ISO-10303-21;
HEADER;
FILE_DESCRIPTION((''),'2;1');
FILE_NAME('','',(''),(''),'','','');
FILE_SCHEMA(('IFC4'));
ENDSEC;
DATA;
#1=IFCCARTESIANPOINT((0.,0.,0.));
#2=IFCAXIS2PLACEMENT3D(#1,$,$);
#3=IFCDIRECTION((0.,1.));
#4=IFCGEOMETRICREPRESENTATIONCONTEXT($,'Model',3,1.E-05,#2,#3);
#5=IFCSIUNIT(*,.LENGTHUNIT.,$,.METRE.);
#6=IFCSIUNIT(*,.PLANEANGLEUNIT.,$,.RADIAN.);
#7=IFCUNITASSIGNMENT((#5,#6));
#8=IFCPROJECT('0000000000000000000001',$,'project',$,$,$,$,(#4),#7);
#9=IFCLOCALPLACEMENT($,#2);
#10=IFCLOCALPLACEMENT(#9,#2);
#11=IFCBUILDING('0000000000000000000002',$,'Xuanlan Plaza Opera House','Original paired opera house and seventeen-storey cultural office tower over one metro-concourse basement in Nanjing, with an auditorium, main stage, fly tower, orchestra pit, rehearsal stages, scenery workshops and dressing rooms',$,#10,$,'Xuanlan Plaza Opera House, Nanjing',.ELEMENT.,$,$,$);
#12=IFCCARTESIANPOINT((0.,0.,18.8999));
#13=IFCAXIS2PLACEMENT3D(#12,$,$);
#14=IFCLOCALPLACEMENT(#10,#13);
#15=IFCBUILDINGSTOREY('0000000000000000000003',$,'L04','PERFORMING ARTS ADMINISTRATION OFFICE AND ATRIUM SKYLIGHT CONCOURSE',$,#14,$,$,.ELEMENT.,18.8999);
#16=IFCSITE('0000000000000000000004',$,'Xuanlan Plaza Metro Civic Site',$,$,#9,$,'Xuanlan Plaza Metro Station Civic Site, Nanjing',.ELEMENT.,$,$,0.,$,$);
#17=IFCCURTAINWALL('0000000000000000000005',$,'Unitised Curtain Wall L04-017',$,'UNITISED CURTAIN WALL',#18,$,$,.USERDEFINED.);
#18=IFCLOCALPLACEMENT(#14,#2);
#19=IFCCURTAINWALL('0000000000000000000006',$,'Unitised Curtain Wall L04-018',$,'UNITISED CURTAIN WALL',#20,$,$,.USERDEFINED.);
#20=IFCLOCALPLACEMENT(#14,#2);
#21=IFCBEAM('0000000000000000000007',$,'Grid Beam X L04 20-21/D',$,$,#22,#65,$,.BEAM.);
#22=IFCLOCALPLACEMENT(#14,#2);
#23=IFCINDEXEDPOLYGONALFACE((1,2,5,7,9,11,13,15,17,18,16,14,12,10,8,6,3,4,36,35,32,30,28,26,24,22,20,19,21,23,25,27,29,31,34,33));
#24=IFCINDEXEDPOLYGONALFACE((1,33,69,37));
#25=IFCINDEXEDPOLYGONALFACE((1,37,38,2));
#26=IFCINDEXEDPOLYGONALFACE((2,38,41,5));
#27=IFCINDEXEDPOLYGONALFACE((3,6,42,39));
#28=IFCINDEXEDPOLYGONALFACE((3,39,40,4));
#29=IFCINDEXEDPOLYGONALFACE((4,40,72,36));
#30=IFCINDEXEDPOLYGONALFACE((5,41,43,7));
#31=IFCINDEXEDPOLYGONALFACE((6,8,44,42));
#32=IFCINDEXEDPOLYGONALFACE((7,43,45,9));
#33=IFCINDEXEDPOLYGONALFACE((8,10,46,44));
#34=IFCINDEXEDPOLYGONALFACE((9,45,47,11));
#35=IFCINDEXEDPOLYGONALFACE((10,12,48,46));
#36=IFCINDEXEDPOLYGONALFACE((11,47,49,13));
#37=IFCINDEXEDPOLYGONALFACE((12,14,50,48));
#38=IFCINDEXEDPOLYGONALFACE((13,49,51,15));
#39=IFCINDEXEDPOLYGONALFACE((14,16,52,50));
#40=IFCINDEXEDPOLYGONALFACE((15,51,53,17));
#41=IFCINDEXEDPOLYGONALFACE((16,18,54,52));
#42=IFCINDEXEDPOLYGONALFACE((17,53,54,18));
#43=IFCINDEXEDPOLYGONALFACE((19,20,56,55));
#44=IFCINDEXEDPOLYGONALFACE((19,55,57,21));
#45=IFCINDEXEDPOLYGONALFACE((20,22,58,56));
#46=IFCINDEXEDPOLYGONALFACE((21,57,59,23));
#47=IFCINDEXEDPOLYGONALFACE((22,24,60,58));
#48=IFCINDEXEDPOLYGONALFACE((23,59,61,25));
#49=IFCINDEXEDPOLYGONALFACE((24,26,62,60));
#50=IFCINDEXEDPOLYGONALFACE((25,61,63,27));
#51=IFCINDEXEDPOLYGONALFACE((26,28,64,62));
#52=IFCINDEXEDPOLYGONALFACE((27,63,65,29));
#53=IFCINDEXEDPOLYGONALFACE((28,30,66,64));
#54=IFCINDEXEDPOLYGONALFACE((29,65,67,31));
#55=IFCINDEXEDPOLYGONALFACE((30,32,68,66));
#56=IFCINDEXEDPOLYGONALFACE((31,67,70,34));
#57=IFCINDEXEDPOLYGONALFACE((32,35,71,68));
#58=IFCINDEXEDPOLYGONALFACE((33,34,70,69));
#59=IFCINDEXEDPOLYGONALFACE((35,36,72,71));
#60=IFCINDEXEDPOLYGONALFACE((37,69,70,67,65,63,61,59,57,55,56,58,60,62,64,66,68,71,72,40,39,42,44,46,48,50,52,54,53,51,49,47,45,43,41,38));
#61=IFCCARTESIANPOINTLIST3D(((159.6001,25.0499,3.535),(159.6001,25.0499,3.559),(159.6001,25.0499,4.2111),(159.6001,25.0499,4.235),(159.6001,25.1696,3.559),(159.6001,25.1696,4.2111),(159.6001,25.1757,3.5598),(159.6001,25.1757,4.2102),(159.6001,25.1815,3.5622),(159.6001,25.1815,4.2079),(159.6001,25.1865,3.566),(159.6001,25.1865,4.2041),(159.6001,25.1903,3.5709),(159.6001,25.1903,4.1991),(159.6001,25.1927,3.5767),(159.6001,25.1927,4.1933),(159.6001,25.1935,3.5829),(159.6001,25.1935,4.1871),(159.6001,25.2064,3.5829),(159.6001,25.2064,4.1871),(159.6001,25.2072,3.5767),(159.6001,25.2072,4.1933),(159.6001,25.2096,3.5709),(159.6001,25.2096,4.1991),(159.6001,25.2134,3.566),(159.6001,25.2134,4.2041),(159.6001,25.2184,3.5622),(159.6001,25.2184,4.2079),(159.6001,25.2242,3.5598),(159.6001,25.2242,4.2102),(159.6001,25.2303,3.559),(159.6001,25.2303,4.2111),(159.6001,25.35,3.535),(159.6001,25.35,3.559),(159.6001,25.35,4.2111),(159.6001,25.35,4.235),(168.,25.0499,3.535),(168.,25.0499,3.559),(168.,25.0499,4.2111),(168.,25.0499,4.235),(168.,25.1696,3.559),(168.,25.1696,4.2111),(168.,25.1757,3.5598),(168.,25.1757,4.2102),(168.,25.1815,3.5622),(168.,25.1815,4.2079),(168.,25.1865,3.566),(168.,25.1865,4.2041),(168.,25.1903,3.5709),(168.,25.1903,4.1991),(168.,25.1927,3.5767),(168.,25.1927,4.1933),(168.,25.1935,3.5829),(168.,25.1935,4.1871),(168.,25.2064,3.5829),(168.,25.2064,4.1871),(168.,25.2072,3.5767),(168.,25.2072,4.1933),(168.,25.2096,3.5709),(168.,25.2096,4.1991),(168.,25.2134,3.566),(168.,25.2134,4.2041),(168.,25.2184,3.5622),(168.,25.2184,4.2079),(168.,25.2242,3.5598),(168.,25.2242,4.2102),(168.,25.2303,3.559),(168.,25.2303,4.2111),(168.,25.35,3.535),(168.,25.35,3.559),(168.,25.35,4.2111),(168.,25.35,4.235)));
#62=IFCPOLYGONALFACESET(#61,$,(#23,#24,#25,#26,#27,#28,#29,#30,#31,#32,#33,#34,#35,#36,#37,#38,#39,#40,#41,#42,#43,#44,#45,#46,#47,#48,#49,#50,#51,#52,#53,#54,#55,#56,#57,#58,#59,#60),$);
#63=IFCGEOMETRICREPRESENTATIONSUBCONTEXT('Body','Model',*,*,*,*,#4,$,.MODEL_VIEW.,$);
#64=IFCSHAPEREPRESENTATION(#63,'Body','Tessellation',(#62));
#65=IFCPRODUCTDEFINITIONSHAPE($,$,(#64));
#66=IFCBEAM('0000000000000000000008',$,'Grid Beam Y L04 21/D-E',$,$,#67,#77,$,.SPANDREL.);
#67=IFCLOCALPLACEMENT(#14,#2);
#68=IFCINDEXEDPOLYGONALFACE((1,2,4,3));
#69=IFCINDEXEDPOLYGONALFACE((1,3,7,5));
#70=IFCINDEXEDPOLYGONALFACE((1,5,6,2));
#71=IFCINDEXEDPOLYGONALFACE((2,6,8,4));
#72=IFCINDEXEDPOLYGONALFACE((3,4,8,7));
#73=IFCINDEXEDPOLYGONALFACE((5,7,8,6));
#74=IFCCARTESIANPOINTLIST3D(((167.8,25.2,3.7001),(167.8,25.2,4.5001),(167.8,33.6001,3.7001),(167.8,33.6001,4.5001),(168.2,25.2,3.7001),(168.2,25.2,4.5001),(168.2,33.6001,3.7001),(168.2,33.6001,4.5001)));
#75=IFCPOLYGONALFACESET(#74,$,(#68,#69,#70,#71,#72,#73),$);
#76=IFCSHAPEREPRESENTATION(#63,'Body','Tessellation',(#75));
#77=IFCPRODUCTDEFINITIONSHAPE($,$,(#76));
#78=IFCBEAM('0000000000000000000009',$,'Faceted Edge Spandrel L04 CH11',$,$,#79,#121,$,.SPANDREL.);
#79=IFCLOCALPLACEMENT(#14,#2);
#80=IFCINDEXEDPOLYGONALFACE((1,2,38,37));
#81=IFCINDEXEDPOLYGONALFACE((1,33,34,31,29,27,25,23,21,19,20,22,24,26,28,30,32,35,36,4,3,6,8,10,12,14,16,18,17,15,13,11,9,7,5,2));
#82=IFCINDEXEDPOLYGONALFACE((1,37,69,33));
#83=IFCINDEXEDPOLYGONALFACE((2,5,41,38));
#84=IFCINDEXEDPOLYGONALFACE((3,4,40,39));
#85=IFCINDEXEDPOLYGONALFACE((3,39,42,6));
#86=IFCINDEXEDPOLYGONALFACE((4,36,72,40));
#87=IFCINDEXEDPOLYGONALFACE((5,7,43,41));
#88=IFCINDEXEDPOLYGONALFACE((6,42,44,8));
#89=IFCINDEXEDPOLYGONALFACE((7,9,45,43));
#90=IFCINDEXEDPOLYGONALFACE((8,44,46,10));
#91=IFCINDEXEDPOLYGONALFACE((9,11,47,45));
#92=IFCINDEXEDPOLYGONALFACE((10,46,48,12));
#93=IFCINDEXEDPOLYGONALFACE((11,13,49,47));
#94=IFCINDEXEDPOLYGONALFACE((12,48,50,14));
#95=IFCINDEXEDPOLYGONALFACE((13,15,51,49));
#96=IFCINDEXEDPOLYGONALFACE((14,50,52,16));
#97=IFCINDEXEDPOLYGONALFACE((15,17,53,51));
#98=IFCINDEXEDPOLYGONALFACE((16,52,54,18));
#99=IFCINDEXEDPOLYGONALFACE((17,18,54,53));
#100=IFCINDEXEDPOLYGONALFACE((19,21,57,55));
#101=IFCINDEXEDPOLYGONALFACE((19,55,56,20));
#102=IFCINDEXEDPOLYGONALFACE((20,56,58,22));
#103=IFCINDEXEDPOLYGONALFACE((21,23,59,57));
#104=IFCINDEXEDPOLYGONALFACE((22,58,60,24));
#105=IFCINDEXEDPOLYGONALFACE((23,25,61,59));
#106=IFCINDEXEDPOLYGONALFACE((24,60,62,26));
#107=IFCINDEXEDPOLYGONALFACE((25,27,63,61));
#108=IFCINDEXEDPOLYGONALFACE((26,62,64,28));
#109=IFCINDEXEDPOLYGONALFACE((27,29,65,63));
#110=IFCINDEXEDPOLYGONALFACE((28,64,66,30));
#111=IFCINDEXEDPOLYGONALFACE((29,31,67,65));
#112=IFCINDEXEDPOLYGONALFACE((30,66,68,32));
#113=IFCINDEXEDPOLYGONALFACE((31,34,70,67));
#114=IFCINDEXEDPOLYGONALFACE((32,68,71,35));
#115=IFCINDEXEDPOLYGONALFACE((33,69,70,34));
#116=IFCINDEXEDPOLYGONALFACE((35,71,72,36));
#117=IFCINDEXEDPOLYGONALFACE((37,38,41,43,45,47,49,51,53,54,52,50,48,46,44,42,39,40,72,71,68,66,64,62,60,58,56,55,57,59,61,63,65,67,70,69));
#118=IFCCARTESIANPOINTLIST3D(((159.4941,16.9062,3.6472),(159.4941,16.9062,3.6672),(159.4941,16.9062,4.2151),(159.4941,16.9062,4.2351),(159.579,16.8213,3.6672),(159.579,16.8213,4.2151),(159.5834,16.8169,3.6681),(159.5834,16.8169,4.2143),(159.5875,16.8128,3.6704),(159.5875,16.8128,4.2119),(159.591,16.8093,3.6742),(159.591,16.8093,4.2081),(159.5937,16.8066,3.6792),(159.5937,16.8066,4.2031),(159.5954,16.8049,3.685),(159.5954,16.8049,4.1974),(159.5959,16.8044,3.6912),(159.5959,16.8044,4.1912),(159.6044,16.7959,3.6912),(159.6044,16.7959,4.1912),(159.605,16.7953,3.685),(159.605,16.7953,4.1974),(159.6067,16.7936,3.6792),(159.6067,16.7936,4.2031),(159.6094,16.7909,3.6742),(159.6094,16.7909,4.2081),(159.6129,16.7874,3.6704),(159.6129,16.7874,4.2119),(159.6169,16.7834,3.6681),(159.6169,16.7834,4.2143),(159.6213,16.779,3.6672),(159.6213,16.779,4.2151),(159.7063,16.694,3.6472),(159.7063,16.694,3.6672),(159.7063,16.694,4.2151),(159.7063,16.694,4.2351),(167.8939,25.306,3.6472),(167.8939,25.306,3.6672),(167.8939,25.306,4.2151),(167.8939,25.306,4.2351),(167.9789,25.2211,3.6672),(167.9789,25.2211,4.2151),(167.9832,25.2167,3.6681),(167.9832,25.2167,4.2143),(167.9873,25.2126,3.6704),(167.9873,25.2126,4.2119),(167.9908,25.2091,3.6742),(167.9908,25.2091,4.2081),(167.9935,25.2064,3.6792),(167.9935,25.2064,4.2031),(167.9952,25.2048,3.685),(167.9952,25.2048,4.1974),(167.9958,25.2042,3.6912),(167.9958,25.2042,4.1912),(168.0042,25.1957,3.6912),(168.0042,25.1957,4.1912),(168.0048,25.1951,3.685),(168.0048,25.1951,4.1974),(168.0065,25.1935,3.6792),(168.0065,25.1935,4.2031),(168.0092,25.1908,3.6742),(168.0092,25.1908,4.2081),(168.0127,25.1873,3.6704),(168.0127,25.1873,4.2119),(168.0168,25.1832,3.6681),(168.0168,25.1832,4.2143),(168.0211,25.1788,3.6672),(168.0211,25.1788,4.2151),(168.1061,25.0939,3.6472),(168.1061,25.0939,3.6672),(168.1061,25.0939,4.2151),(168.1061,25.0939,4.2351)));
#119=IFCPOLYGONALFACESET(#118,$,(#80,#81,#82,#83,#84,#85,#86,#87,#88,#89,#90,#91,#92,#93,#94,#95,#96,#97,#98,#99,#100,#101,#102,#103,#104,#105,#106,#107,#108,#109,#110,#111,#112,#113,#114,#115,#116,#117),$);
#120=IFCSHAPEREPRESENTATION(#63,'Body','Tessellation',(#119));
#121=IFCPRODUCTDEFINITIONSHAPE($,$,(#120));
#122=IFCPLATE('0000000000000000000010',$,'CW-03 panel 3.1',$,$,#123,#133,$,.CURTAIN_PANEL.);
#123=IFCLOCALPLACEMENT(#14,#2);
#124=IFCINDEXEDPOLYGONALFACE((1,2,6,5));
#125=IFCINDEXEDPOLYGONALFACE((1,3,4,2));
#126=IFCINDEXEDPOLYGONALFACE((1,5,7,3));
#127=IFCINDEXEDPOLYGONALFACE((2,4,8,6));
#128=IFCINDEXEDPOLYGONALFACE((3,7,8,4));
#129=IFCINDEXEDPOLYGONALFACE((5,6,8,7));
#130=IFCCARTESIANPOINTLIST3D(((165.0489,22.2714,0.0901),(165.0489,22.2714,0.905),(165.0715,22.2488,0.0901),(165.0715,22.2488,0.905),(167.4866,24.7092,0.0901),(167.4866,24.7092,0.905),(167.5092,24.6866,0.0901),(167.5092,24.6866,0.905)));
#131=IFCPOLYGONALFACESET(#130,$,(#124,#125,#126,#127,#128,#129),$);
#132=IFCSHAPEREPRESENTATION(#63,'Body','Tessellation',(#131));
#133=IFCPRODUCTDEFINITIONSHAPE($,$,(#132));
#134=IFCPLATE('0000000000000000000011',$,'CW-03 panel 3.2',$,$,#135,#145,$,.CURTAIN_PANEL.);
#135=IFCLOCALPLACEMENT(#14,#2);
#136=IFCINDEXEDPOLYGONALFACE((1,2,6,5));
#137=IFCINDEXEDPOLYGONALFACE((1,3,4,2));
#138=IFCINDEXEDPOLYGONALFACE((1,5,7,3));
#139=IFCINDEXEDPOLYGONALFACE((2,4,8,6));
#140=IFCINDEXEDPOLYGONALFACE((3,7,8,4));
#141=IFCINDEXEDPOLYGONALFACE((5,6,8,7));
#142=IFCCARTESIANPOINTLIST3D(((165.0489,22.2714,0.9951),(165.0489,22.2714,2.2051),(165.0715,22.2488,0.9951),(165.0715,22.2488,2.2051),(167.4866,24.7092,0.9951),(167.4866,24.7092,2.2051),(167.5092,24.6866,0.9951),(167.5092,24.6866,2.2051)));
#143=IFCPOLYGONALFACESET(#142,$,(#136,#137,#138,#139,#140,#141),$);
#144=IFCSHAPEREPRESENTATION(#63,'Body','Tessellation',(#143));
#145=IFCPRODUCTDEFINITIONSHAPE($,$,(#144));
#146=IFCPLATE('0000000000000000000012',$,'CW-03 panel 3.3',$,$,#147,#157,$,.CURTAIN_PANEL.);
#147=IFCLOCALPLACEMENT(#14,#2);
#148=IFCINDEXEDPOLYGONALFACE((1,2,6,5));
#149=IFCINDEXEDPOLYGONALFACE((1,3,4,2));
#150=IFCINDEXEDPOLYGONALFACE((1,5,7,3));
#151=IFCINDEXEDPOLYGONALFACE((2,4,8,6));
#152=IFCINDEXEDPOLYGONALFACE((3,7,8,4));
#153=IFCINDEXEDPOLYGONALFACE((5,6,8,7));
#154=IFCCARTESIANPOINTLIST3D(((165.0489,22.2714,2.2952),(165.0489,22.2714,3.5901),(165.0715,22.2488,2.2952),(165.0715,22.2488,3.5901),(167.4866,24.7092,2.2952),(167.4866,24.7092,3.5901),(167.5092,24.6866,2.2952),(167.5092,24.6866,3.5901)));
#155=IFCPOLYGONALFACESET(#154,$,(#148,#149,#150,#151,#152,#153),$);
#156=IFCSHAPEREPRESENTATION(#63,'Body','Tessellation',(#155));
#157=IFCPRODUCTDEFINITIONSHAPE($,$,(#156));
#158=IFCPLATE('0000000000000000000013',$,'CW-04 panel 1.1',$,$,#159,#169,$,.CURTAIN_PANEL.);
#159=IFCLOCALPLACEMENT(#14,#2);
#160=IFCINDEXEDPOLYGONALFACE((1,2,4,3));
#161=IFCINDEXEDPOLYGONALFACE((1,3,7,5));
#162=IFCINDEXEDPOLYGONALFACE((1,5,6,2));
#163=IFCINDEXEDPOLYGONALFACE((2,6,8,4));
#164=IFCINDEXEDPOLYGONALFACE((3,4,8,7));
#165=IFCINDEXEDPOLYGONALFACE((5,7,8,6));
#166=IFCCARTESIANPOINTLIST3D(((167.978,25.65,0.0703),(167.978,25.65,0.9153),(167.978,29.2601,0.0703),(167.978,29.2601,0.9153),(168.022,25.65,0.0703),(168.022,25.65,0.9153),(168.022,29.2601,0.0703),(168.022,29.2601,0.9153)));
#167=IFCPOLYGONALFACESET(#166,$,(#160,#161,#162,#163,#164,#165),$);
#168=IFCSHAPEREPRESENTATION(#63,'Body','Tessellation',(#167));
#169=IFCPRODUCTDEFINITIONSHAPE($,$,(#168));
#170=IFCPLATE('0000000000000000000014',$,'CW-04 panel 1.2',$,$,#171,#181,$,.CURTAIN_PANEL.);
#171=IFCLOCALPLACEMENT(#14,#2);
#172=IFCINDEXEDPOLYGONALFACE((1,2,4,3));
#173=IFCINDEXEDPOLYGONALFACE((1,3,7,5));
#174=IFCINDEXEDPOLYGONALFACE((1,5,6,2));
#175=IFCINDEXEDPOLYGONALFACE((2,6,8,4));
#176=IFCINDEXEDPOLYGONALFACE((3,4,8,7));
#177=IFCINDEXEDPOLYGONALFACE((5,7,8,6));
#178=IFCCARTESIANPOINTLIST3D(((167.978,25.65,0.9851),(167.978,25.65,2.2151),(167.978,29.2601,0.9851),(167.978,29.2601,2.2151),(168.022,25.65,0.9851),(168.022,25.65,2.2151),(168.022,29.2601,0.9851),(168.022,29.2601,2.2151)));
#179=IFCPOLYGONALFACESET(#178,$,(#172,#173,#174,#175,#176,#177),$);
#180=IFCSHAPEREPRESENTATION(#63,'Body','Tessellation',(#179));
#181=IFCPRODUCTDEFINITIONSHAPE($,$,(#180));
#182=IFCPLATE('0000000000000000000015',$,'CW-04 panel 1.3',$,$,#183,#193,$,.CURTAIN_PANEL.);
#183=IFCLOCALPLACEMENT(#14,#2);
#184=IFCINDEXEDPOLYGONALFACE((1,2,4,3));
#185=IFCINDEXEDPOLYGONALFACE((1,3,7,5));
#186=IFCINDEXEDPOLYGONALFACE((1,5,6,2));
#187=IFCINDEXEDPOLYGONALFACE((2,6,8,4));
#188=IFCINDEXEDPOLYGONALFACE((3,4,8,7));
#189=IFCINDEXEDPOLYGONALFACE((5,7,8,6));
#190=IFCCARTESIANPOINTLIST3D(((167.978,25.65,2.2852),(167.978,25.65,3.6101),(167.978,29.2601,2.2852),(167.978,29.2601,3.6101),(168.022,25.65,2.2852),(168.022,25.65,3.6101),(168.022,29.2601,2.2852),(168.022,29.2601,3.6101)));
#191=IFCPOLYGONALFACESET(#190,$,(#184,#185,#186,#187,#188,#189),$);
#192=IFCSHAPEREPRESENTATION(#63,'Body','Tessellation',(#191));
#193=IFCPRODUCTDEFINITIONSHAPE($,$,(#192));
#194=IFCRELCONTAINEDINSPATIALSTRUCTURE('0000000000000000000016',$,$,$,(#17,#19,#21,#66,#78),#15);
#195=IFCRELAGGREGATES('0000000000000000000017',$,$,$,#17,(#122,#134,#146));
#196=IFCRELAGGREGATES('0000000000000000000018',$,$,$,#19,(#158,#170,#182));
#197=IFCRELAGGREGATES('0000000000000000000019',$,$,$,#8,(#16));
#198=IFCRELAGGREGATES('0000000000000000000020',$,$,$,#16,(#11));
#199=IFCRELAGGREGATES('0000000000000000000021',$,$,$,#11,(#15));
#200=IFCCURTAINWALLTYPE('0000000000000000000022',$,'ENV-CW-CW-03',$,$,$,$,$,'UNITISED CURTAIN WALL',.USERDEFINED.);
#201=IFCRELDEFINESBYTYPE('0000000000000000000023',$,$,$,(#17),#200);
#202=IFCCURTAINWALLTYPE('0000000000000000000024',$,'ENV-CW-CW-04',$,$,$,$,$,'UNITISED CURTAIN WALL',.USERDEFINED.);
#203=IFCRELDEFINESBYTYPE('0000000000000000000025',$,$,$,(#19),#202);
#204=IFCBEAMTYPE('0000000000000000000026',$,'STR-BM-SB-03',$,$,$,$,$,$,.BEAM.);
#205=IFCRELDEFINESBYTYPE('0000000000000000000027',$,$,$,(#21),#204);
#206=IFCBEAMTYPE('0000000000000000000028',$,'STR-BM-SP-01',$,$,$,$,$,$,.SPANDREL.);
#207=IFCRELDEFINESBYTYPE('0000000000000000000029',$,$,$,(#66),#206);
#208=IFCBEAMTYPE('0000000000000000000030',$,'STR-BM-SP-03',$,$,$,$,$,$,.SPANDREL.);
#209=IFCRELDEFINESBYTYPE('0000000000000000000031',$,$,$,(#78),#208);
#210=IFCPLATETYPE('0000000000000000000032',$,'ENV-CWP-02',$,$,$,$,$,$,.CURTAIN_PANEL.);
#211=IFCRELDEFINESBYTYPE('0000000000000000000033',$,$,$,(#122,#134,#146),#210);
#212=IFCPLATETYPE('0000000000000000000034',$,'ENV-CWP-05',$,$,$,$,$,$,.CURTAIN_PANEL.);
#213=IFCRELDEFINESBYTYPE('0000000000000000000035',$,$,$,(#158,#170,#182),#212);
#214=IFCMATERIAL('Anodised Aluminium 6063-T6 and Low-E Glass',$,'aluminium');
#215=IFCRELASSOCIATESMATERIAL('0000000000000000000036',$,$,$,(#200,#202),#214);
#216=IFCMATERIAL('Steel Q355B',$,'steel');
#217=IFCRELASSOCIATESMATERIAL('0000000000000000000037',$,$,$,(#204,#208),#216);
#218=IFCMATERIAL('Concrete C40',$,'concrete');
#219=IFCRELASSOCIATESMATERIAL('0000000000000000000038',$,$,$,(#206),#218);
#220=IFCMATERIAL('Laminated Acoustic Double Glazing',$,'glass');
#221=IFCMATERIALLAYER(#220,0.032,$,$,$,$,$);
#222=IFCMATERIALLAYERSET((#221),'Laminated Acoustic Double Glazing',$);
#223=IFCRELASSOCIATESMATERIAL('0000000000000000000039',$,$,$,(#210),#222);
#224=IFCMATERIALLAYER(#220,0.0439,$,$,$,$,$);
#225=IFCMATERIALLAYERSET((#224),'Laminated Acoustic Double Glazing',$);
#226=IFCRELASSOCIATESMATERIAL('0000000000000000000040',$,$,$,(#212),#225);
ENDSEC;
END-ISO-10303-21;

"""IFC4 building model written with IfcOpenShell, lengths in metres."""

from ifc_helpers import new_model, si_unit, direction, frame, origin, origin_2d, place, context, subcontext, project, spatial, rectangle, i_section, extrude, material, layer, layer_set, material_profile, profile_set, type_object, element, aggregate, save


model = new_model("IFC4")

# Units and contexts
model_context = context("Model", 3, precision=1e-05, world=origin(), true_north=direction((0.0, 1.0)))
body_context = subcontext(model_context, "Body", "Model", "MODEL_VIEW")
ifc_project = project(units=[si_unit("LENGTHUNIT", "METRE"), si_unit("PLANEANGLEUNIT", "RADIAN")], contexts=[model_context])

# Site, building, storey
site_placement = place(None, origin())
site = spatial("IfcSite", under=ifc_project, at=site_placement, Name="Xuanlan Plaza Metro Civic Site", LongName="Xuanlan Plaza Metro Station Civic Site, Nanjing", CompositionType="ELEMENT", RefElevation=0.0)
building_placement = place(site_placement, origin())
building = spatial("IfcBuilding", under=site, at=building_placement, Name="Xuanlan Plaza Opera House", Description="Original paired opera house and seventeen-storey cultural office tower over one metro-concourse basement in Nanjing, with an auditorium, main stage, fly tower, orchestra pit, rehearsal stages, scenery workshops and dressing rooms", LongName="Xuanlan Plaza Opera House, Nanjing", CompositionType="ELEMENT")
storey_placement = place(building_placement, frame((0.0, 0.0, 18.8999)))
storey = spatial("IfcBuildingStorey", under=building, at=storey_placement, Name="L04", Description="PERFORMING ARTS ADMINISTRATION OFFICE AND ATRIUM SKYLIGHT CONCOURSE", CompositionType="ELEMENT", Elevation=18.8999)

# Shared definitions
ifc_material_1 = material(Name="Concrete C40", Category="concrete")

# Curtain wall
ifc_material_2 = material(Name="Anodised Aluminium 6063-T6 and Low-E Glass", Category="aluminium")
curtain_wall_type_1 = type_object("IfcCurtainWallType", Name="ENV-CW-CW-03", ElementType="UNITISED CURTAIN WALL", PredefinedType="USERDEFINED", material=ifc_material_2)
curtain_wall_1_placement = place(storey_placement, origin())
curtain_wall_1 = element("IfcCurtainWall", 1, at=curtain_wall_1_placement, inside=storey, type_object=curtain_wall_type_1, Name="Unitised Curtain Wall L04-017", ObjectType="UNITISED CURTAIN WALL", PredefinedType="USERDEFINED")

# Curtain wall
curtain_wall_type_2 = type_object("IfcCurtainWallType", Name="ENV-CW-CW-04", ElementType="UNITISED CURTAIN WALL", PredefinedType="USERDEFINED", material=ifc_material_2)
curtain_wall_2_placement = place(storey_placement, origin())
curtain_wall_2 = element("IfcCurtainWall", 2, at=curtain_wall_2_placement, inside=storey, type_object=curtain_wall_type_2, Name="Unitised Curtain Wall L04-018", ObjectType="UNITISED CURTAIN WALL", PredefinedType="USERDEFINED")

# Beams
ifc_material_3 = material(Name="Steel Q355B", Category="steel")
ifc_material_profile_1 = material_profile(ifc_material_3, i_section(OverallWidth=0.3, OverallDepth=0.7, WebThickness=0.0129, FlangeThickness=0.0239, FilletRadius=0.0239, at=origin_2d()), Name="HN 700x300x13x24")
ifc_profile_set_1 = profile_set([ifc_material_profile_1], Name="Steel Q355B")
beam_type_1 = type_object("IfcBeamType", Name="STR-BM-SB-03", PredefinedType="BEAM", material=ifc_profile_set_1)
beam_1_placement = place(storey_placement, frame((159.6001, 25.2, 3.885), z_axis=(1.0, 0.0, 0.0), x_axis=(0.0, 1.0, 0.0)))
element("IfcBeam", 3, at=beam_1_placement, inside=storey, type_object=beam_type_1, Name="Grid Beam X L04 20-21/D", PredefinedType="BEAM", context=body_context, shape_type="SweptSolid", body=[
    extrude(i_section(OverallWidth=0.3, OverallDepth=0.7, WebThickness=0.0129, FlangeThickness=0.0239, FilletRadius=0.0239, at=origin_2d()), origin(), (0.0, 0.0, 1.0), 8.3999),
])
ifc_material_profile_2 = material_profile(ifc_material_1, rectangle(XDim=0.3999, YDim=0.8, at=origin_2d()), Name="RC-SPD 400x800")
ifc_profile_set_2 = profile_set([ifc_material_profile_2], Name="Concrete C40")
beam_type_2 = type_object("IfcBeamType", Name="STR-BM-SP-01", PredefinedType="SPANDREL", material=ifc_profile_set_2)
beam_2_placement = place(storey_placement, frame((168.0, 25.2, 4.1001), z_axis=(0.0, 1.0, 0.0), x_axis=(-1.0, 0.0, 0.0)))
element("IfcBeam", 4, at=beam_2_placement, inside=storey, type_object=beam_type_2, Name="Grid Beam Y L04 21/D-E", PredefinedType="SPANDREL", context=body_context, shape_type="SweptSolid", body=[
    extrude(rectangle(XDim=0.3999, YDim=0.8, at=origin_2d()), origin(), (0.0, 0.0, 1.0), 8.4001),
])
ifc_material_profile_3 = material_profile(ifc_material_3, i_section(OverallWidth=0.3, OverallDepth=0.5879, WebThickness=0.012, FlangeThickness=0.02, FilletRadius=0.0239, at=origin_2d()), Name="HM 588x300x12x20")
ifc_profile_set_3 = profile_set([ifc_material_profile_3], Name="Steel Q355B")
beam_type_3 = type_object("IfcBeamType", Name="STR-BM-SP-03", PredefinedType="SPANDREL", material=ifc_profile_set_3)
beam_3_placement = place(storey_placement, frame((168.0, 25.2, 3.9412), z_axis=(-0.707107, -0.707107, 0.0), x_axis=(0.707107, -0.707107, 0.0)))
element("IfcBeam", 5, at=beam_3_placement, inside=storey, type_object=beam_type_3, Name="Faceted Edge Spandrel L04 CH11", PredefinedType="SPANDREL", context=body_context, shape_type="SweptSolid", body=[
    extrude(i_section(OverallWidth=0.3, OverallDepth=0.5879, WebThickness=0.012, FlangeThickness=0.02, FilletRadius=0.0239, at=origin_2d()), origin(), (0.0, 0.0, 1.0), 11.8792),
])

# Plates
ifc_material_4 = material(Name="Laminated Acoustic Double Glazing", Category="glass")
ifc_layer_1 = layer(ifc_material_4, 0.032)
ifc_layer_set_1 = layer_set([ifc_layer_1], Name="Laminated Acoustic Double Glazing")
plate_type_1 = type_object("IfcPlateType", Name="ENV-CWP-02", PredefinedType="CURTAIN_PANEL", material=ifc_layer_set_1)
plate_1_placement = place(storey_placement, frame((166.2791, 23.479, 0.0901), z_axis=(0.0, 0.0, 1.0), x_axis=(0.707107, 0.707107, 0.0)))
plate_1 = element("IfcPlate", 6, at=plate_1_placement, type_object=plate_type_1, Name="CW-03 panel 3.1", PredefinedType="CURTAIN_PANEL", context=body_context, shape_type="SweptSolid", body=[
    extrude(rectangle(XDim=3.4475, YDim=0.032, at=origin_2d()), origin(), (0.0, 0.0, 1.0), 0.8149),
])
plate_2_placement = place(storey_placement, frame((166.2791, 23.479, 0.9951), z_axis=(0.0, 0.0, 1.0), x_axis=(0.707107, 0.707107, 0.0)))
plate_2 = element("IfcPlate", 7, at=plate_2_placement, type_object=plate_type_1, Name="CW-03 panel 3.2", PredefinedType="CURTAIN_PANEL", context=body_context, shape_type="SweptSolid", body=[
    extrude(rectangle(XDim=3.4475, YDim=0.032, at=origin_2d()), origin(), (0.0, 0.0, 1.0), 1.21),
])
plate_3_placement = place(storey_placement, frame((166.2791, 23.479, 2.2952), z_axis=(0.0, 0.0, 1.0), x_axis=(0.707107, 0.707107, 0.0)))
plate_3 = element("IfcPlate", 8, at=plate_3_placement, type_object=plate_type_1, Name="CW-03 panel 3.3", PredefinedType="CURTAIN_PANEL", context=body_context, shape_type="SweptSolid", body=[
    extrude(rectangle(XDim=3.4475, YDim=0.032, at=origin_2d()), origin(), (0.0, 0.0, 1.0), 1.2949),
])
aggregate(curtain_wall_1, [plate_1, plate_2, plate_3])
ifc_layer_2 = layer(ifc_material_4, 0.0439)
ifc_layer_set_2 = layer_set([ifc_layer_2], Name="Laminated Acoustic Double Glazing")
plate_type_2 = type_object("IfcPlateType", Name="ENV-CWP-05", PredefinedType="CURTAIN_PANEL", material=ifc_layer_set_2)
plate_4_placement = place(storey_placement, frame((168.0, 27.4551, 0.0703), z_axis=(0.0, 0.0, 1.0), x_axis=(0.0, 1.0, 0.0)))
plate_4 = element("IfcPlate", 9, at=plate_4_placement, type_object=plate_type_2, Name="CW-04 panel 1.1", PredefinedType="CURTAIN_PANEL", context=body_context, shape_type="SweptSolid", body=[
    extrude(rectangle(XDim=3.6101, YDim=0.0439, at=origin_2d()), origin(), (0.0, 0.0, 1.0), 0.845),
])
plate_5_placement = place(storey_placement, frame((168.0, 27.4551, 0.9851), z_axis=(0.0, 0.0, 1.0), x_axis=(0.0, 1.0, 0.0)))
plate_5 = element("IfcPlate", 10, at=plate_5_placement, type_object=plate_type_2, Name="CW-04 panel 1.2", PredefinedType="CURTAIN_PANEL", context=body_context, shape_type="SweptSolid", body=[
    extrude(rectangle(XDim=3.6101, YDim=0.0439, at=origin_2d()), origin(), (0.0, 0.0, 1.0), 1.23),
])
plate_6_placement = place(storey_placement, frame((168.0, 27.4551, 2.2852), z_axis=(0.0, 0.0, 1.0), x_axis=(0.0, 1.0, 0.0)))
plate_6 = element("IfcPlate", 11, at=plate_6_placement, type_object=plate_type_2, Name="CW-04 panel 1.3", PredefinedType="CURTAIN_PANEL", context=body_context, shape_type="SweptSolid", body=[
    extrude(rectangle(XDim=3.6101, YDim=0.0439, at=origin_2d()), origin(), (0.0, 0.0, 1.0), 1.325),
])
aggregate(curtain_wall_2, [plate_4, plate_5, plate_6])

save(model, "model.ifc")
